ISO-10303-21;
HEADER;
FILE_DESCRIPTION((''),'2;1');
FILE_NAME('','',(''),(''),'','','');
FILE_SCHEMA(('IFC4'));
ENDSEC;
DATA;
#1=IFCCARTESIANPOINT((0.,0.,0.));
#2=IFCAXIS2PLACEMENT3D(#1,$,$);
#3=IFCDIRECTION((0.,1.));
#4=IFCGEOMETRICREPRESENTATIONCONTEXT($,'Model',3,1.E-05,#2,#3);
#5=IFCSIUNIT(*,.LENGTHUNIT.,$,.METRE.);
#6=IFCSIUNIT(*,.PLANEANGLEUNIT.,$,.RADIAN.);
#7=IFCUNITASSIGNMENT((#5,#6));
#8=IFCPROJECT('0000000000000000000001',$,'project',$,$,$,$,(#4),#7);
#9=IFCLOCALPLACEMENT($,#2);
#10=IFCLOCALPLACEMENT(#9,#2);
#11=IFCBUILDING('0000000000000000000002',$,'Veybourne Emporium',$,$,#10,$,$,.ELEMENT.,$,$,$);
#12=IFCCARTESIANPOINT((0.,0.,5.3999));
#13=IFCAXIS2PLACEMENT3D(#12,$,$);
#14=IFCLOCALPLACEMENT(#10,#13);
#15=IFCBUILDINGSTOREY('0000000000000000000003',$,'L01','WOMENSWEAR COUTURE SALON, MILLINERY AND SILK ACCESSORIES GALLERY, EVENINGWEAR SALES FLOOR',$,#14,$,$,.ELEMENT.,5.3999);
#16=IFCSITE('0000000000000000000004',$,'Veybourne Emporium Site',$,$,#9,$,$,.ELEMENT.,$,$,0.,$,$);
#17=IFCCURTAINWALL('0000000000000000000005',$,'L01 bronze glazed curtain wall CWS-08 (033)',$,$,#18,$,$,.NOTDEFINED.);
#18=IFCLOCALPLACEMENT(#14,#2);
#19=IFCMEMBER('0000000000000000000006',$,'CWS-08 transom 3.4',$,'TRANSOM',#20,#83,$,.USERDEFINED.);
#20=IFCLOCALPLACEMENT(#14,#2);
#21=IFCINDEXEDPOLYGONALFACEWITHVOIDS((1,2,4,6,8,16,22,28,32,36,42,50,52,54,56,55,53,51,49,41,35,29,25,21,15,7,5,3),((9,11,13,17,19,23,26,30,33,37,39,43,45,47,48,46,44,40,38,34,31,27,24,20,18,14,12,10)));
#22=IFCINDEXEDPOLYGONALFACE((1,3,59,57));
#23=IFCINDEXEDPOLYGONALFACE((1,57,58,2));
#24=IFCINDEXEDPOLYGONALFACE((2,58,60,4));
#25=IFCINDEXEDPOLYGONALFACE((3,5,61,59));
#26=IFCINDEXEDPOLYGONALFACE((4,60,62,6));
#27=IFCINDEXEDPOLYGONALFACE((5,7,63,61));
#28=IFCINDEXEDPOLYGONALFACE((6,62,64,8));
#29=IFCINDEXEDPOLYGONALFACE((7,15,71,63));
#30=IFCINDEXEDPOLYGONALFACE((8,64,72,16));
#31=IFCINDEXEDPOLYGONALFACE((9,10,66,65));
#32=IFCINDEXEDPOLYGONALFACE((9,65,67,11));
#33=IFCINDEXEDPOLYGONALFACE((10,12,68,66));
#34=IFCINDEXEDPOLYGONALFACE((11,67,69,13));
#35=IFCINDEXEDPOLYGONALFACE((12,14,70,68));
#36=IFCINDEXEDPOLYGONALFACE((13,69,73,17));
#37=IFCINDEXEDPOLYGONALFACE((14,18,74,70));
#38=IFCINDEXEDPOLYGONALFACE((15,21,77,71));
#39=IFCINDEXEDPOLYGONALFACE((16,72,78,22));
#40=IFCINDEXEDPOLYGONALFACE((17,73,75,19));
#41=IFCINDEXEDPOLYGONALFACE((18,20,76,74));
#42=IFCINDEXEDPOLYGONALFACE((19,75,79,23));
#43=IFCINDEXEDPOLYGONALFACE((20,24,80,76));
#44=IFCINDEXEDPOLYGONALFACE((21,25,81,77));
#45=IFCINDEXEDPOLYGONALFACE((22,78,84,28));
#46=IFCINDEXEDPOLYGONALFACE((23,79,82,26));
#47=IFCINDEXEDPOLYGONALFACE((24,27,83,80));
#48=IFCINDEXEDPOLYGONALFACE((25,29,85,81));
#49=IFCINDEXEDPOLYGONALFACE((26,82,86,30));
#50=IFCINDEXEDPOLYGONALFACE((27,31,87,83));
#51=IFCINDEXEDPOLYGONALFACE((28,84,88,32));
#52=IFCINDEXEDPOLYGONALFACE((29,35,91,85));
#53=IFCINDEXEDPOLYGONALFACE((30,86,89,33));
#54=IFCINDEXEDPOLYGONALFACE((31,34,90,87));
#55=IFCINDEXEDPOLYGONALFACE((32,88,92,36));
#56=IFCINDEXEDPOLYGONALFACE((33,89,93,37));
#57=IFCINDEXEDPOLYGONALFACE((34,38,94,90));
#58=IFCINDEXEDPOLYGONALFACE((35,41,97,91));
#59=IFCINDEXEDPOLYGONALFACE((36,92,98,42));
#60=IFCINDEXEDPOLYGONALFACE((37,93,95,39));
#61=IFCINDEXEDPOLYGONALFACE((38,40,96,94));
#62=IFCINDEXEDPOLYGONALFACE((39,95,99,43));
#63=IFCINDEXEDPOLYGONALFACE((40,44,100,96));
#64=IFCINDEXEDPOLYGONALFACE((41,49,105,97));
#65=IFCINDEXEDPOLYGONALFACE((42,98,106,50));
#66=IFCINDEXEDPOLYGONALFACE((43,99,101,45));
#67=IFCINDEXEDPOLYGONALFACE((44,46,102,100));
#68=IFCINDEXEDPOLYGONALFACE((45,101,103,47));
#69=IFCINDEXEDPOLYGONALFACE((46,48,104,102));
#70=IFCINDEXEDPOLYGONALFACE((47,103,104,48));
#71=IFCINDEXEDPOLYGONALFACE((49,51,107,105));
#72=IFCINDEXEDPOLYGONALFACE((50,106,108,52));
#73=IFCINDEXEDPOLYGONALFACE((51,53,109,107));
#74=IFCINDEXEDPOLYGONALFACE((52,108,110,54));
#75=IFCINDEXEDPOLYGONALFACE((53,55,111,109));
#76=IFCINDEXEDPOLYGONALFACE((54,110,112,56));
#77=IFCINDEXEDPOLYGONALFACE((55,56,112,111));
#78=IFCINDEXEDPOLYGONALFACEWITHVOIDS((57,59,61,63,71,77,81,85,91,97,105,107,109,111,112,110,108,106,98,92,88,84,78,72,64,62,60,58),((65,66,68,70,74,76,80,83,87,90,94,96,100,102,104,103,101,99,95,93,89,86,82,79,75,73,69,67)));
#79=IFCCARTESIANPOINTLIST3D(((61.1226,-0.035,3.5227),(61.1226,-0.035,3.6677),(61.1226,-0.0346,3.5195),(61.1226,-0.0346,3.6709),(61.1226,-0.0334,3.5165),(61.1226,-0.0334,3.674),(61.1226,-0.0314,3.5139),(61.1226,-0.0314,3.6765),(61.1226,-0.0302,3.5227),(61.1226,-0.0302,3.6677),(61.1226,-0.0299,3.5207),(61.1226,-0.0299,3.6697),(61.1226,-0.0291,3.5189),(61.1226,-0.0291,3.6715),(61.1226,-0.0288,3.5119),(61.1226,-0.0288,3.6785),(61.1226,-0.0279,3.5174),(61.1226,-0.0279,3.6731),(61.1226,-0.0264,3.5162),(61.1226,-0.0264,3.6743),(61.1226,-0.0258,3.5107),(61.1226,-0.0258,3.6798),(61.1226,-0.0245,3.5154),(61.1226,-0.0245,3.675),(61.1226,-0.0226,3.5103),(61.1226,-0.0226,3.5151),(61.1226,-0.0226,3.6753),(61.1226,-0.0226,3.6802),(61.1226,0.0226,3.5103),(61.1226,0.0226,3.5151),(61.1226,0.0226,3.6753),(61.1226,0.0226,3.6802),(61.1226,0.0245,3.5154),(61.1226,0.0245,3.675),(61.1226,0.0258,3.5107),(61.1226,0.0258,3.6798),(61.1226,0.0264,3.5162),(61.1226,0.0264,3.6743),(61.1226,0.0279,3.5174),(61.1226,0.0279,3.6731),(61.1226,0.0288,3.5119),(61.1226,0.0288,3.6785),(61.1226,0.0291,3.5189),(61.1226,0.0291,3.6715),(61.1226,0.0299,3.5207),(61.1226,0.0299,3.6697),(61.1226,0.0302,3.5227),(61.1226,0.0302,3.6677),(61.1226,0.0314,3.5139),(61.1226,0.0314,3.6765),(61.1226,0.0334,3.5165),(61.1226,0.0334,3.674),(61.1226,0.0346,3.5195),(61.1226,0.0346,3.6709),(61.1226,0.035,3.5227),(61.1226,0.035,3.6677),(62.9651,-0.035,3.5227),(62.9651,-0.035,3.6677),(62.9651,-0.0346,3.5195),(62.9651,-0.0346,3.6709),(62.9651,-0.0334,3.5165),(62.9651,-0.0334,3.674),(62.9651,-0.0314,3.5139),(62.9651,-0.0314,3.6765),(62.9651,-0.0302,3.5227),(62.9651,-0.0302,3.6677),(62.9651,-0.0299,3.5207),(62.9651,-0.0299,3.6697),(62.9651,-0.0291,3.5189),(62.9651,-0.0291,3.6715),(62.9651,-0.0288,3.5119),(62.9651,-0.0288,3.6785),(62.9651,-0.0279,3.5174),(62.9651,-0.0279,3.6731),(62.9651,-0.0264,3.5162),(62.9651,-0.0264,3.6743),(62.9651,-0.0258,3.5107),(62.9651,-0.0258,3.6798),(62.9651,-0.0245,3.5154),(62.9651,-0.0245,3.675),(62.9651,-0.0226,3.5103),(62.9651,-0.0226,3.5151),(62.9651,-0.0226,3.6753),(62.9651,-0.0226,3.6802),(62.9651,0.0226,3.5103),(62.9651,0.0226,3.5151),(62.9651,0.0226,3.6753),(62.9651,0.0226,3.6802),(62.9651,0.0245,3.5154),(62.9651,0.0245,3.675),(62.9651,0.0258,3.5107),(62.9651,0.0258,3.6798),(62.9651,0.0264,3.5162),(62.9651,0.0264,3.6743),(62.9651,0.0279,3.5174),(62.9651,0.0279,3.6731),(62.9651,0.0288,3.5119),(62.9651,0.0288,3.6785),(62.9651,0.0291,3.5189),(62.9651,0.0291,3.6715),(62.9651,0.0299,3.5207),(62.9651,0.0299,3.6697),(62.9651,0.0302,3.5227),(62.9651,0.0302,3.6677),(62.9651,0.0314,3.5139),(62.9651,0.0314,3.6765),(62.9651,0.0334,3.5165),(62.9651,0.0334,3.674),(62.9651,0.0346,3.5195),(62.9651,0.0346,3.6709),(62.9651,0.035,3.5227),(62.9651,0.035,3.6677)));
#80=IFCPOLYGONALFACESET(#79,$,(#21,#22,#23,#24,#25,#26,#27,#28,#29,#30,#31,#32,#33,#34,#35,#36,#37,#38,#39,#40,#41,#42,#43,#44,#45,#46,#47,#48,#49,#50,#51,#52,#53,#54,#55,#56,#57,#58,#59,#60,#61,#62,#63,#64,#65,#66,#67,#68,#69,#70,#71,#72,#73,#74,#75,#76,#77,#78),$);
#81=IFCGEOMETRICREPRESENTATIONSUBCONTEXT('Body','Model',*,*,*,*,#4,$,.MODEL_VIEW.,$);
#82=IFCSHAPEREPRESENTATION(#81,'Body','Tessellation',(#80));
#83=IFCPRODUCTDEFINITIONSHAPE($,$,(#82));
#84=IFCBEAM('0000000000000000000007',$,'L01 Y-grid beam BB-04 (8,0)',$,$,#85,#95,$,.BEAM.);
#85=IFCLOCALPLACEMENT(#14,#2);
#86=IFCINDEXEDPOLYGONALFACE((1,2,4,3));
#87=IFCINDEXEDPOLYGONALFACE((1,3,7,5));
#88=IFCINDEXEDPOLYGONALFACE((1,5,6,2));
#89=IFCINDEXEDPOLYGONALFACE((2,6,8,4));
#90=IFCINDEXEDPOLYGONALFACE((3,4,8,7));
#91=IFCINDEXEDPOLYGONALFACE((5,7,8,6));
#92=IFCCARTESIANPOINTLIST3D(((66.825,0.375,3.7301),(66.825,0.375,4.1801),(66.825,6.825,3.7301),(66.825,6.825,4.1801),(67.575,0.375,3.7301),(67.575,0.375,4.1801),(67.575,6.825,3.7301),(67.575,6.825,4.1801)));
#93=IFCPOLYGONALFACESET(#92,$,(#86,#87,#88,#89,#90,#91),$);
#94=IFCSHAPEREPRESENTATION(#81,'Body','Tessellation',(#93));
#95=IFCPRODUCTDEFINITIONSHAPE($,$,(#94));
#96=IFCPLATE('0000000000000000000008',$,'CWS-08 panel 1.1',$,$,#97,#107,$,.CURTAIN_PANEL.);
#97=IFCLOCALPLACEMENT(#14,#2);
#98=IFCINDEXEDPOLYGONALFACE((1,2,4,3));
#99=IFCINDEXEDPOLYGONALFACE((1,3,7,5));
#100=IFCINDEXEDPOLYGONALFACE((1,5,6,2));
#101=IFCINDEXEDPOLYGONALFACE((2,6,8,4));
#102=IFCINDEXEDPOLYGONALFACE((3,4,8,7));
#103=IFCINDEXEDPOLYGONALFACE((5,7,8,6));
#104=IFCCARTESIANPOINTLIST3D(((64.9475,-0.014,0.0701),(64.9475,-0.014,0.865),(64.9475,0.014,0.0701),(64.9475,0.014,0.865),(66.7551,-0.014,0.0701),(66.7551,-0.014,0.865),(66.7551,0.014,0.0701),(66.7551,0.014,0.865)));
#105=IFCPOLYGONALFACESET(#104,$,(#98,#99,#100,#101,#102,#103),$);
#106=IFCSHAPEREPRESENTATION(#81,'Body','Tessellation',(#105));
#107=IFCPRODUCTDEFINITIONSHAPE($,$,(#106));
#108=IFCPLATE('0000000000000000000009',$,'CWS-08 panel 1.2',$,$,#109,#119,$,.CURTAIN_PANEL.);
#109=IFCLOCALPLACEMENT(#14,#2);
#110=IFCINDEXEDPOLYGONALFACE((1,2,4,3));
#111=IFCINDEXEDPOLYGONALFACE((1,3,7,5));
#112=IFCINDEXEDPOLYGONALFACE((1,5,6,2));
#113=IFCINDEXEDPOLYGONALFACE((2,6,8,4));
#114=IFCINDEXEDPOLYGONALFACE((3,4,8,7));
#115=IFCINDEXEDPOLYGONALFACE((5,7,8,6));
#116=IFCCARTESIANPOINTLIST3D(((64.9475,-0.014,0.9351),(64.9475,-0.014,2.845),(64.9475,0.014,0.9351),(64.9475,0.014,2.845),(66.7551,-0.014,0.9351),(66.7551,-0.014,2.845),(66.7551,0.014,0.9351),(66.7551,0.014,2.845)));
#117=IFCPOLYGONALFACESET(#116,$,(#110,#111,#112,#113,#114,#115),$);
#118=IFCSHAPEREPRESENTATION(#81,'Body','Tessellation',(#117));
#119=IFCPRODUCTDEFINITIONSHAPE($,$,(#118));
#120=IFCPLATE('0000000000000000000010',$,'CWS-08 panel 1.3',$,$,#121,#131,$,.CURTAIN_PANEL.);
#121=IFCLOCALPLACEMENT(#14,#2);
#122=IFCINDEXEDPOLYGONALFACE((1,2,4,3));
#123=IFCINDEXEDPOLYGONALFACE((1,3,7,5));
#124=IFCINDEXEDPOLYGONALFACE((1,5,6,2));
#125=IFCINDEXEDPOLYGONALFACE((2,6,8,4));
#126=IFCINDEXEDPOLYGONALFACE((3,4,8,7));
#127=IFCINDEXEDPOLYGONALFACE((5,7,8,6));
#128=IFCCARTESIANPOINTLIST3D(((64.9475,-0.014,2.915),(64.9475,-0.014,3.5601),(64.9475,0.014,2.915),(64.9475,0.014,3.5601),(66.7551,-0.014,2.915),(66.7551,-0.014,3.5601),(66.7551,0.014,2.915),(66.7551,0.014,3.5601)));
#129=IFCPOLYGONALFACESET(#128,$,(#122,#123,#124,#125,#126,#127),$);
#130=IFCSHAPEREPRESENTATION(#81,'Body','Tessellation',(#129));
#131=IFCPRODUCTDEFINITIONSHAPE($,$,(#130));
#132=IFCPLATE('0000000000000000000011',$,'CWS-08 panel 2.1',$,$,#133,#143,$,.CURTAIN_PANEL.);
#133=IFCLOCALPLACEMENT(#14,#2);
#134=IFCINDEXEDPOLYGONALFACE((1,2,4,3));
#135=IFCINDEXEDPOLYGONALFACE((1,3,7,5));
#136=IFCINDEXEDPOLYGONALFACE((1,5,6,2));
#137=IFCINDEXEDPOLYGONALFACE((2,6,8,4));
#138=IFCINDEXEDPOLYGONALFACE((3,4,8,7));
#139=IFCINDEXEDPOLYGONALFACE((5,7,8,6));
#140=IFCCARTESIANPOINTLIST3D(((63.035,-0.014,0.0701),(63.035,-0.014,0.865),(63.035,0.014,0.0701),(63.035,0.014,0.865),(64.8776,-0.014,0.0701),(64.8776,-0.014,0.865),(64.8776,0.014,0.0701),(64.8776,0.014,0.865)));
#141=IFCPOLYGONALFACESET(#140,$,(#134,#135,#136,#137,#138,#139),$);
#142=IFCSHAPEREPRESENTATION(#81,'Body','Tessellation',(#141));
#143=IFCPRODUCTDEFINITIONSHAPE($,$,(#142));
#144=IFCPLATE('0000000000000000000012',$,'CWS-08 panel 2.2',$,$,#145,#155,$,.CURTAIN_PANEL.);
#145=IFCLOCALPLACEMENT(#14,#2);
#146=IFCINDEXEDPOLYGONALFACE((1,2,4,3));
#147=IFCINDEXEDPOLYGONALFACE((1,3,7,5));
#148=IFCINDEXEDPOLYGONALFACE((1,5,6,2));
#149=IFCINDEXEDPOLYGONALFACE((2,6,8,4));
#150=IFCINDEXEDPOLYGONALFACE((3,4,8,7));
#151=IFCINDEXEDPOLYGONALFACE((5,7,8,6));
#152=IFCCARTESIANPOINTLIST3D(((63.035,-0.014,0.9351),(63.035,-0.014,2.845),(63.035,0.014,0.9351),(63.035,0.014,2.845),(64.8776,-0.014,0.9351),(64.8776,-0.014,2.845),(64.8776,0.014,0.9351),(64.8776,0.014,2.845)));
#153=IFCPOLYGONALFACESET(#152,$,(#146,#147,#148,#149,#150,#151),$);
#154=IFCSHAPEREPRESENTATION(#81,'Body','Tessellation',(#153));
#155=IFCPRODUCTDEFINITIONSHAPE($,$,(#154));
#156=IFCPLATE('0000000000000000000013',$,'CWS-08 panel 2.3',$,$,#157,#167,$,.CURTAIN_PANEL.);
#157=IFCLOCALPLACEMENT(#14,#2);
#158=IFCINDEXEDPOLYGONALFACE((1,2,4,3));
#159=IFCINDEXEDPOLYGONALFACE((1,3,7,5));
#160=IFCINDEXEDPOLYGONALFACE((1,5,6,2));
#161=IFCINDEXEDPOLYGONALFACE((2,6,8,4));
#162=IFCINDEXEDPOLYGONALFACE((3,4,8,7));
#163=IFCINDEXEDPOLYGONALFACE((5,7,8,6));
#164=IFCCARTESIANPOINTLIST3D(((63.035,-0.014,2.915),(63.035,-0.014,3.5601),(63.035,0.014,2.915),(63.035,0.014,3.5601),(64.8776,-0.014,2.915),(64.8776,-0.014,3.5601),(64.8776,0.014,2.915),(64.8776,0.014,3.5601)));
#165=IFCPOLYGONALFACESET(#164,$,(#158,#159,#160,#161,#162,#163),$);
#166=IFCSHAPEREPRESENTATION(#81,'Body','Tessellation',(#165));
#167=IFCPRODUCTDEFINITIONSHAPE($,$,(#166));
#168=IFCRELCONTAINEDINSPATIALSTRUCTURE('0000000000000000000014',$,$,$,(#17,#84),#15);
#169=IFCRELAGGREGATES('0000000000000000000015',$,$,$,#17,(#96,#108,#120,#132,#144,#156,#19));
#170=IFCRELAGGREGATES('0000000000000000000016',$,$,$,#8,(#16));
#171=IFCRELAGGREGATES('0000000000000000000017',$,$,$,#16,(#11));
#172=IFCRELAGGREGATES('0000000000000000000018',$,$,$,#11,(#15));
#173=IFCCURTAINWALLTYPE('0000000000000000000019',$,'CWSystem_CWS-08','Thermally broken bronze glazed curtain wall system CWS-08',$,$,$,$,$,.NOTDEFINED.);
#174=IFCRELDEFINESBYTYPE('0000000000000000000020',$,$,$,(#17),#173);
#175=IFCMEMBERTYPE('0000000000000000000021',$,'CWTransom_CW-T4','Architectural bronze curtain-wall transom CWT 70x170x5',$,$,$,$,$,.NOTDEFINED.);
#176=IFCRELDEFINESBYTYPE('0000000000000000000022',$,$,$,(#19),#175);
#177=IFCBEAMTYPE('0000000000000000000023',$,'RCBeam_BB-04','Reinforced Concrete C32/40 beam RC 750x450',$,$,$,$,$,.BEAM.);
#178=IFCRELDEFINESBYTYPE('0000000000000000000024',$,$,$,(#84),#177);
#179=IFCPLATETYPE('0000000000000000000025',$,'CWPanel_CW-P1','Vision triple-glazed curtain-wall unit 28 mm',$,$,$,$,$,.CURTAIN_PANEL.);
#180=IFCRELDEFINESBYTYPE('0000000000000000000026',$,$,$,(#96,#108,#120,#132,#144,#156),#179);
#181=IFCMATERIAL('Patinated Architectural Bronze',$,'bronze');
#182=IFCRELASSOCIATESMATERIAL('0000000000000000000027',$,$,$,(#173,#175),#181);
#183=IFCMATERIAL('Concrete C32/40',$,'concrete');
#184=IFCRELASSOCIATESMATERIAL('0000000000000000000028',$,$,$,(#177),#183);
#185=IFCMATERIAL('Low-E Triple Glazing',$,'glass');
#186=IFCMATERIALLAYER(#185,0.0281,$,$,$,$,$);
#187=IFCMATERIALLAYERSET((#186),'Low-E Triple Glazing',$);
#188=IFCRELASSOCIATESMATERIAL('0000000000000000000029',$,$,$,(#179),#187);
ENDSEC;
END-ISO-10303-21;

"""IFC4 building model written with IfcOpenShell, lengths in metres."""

from ifc_helpers import new_model, si_unit, direction, frame, origin, origin_2d, place, context, subcontext, project, spatial, rectangle, hollow_rectangle, extrude, material, layer, layer_set, material_profile, profile_set, type_object, element, aggregate, save


model = new_model("IFC4")

# Units and contexts
model_context = context("Model", 3, precision=1e-05, world=origin(), true_north=direction((0.0, 1.0)))
body_context = subcontext(model_context, "Body", "Model", "MODEL_VIEW")
ifc_project = project(units=[si_unit("LENGTHUNIT", "METRE"), si_unit("PLANEANGLEUNIT", "RADIAN")], contexts=[model_context])

# Site, building, storey
site_placement = place(None, origin())
site = spatial("IfcSite", under=ifc_project, at=site_placement, Name="Veybourne Emporium Site", CompositionType="ELEMENT", RefElevation=0.0)
building_placement = place(site_placement, origin())
building = spatial("IfcBuilding", under=site, at=building_placement, Name="Veybourne Emporium", CompositionType="ELEMENT")
storey_placement = place(building_placement, frame((0.0, 0.0, 5.3999)))
storey = spatial("IfcBuildingStorey", under=building, at=storey_placement, Name="L01", Description="WOMENSWEAR COUTURE SALON, MILLINERY AND SILK ACCESSORIES GALLERY, EVENINGWEAR SALES FLOOR", CompositionType="ELEMENT", Elevation=5.3999)

# Curtain wall, member
ifc_material_1 = material(Name="Patinated Architectural Bronze", Category="bronze")
curtain_wall_type = type_object("IfcCurtainWallType", Name="CWSystem_CWS-08", Description="Thermally broken bronze glazed curtain wall system CWS-08", PredefinedType="NOTDEFINED", material=ifc_material_1)
curtain_wall_placement = place(storey_placement, origin())
curtain_wall = element("IfcCurtainWall", 1, at=curtain_wall_placement, inside=storey, type_object=curtain_wall_type, Name="L01 bronze glazed curtain wall CWS-08 (033)", PredefinedType="NOTDEFINED")
ifc_material_profile_1 = material_profile(ifc_material_1, hollow_rectangle(XDim=0.0701, YDim=0.1699, WallThickness=0.0049, InnerFilletRadius=0.0076, OuterFilletRadius=0.0125, at=origin_2d()), Name="CWT 70x170x5")
ifc_profile_set_1 = profile_set([ifc_material_profile_1], Name="Patinated Architectural Bronze")
member_type_1 = type_object("IfcMemberType", Name="CWTransom_CW-T4", Description="Architectural bronze curtain-wall transom CWT 70x170x5", PredefinedType="NOTDEFINED", material=ifc_profile_set_1)
member_1_placement = place(storey_placement, frame((62.9651, 0.0, 3.5952), z_axis=(-1.0, 0.0, 0.0), x_axis=(0.0, -1.0, 0.0)))
member_1 = element("IfcMember", 2, at=member_1_placement, type_object=member_type_1, Name="CWS-08 transom 3.4", ObjectType="TRANSOM", PredefinedType="USERDEFINED", context=body_context, shape_type="SweptSolid", body=[
    extrude(hollow_rectangle(XDim=0.0701, YDim=0.1699, WallThickness=0.0049, InnerFilletRadius=0.0076, OuterFilletRadius=0.0125, at=origin_2d()), origin(), (0.0, 0.0, 1.0), 1.8425),
])

# Beam
ifc_material_2 = material(Name="Concrete C32/40", Category="concrete")
ifc_material_profile_2 = material_profile(ifc_material_2, rectangle(XDim=0.75, YDim=0.45, at=origin_2d()), Name="RC 750x450")
ifc_profile_set_2 = profile_set([ifc_material_profile_2], Name="Concrete C32/40")
beam_type = type_object("IfcBeamType", Name="RCBeam_BB-04", Description="Reinforced Concrete C32/40 beam RC 750x450", PredefinedType="BEAM", material=ifc_profile_set_2)
beam_placement = place(storey_placement, frame((67.2, 0.375, 3.9551), z_axis=(0.0, 1.0, 0.0), x_axis=(-1.0, 0.0, 0.0)))
element("IfcBeam", 3, at=beam_placement, inside=storey, type_object=beam_type, Name="L01 Y-grid beam BB-04 (8,0)", PredefinedType="BEAM", context=body_context, shape_type="SweptSolid", body=[
    extrude(rectangle(XDim=0.75, YDim=0.45, at=origin_2d()), origin(), (0.0, 0.0, 1.0), 6.45),
])

# Plates
ifc_material_3 = material(Name="Low-E Triple Glazing", Category="glass")
ifc_layer = layer(ifc_material_3, 0.0281)
ifc_layer_set = layer_set([ifc_layer], Name="Low-E Triple Glazing")
plate_type = type_object("IfcPlateType", Name="CWPanel_CW-P1", Description="Vision triple-glazed curtain-wall unit 28 mm", PredefinedType="CURTAIN_PANEL", material=ifc_layer_set)
plate_1_placement = place(storey_placement, frame((65.8513, 0.0, 0.0701), z_axis=(0.0, 0.0, 1.0), x_axis=(-1.0, 0.0, 0.0)))
plate_1 = element("IfcPlate", 4, at=plate_1_placement, type_object=plate_type, Name="CWS-08 panel 1.1", PredefinedType="CURTAIN_PANEL", context=body_context, shape_type="SweptSolid", body=[
    extrude(rectangle(XDim=1.8076, YDim=0.0281, at=origin_2d()), origin(), (0.0, 0.0, 1.0), 0.7949),
])
plate_2_placement = place(storey_placement, frame((65.8513, 0.0, 0.9351), z_axis=(0.0, 0.0, 1.0), x_axis=(-1.0, 0.0, 0.0)))
plate_2 = element("IfcPlate", 5, at=plate_2_placement, type_object=plate_type, Name="CWS-08 panel 1.2", PredefinedType="CURTAIN_PANEL", context=body_context, shape_type="SweptSolid", body=[
    extrude(rectangle(XDim=1.8076, YDim=0.0281, at=origin_2d()), origin(), (0.0, 0.0, 1.0), 1.9099),
])
plate_3_placement = place(storey_placement, frame((65.8513, 0.0, 2.915), z_axis=(0.0, 0.0, 1.0), x_axis=(-1.0, 0.0, 0.0)))
plate_3 = element("IfcPlate", 6, at=plate_3_placement, type_object=plate_type, Name="CWS-08 panel 1.3", PredefinedType="CURTAIN_PANEL", context=body_context, shape_type="SweptSolid", body=[
    extrude(rectangle(XDim=1.8076, YDim=0.0281, at=origin_2d()), origin(), (0.0, 0.0, 1.0), 0.645),
])
plate_4_placement = place(storey_placement, frame((63.9563, 0.0, 0.0701), z_axis=(0.0, 0.0, 1.0), x_axis=(-1.0, 0.0, 0.0)))
plate_4 = element("IfcPlate", 7, at=plate_4_placement, type_object=plate_type, Name="CWS-08 panel 2.1", PredefinedType="CURTAIN_PANEL", context=body_context, shape_type="SweptSolid", body=[
    extrude(rectangle(XDim=1.8425, YDim=0.0281, at=origin_2d()), origin(), (0.0, 0.0, 1.0), 0.7949),
])
plate_5_placement = place(storey_placement, frame((63.9563, 0.0, 0.9351), z_axis=(0.0, 0.0, 1.0), x_axis=(-1.0, 0.0, 0.0)))
plate_5 = element("IfcPlate", 8, at=plate_5_placement, type_object=plate_type, Name="CWS-08 panel 2.2", PredefinedType="CURTAIN_PANEL", context=body_context, shape_type="SweptSolid", body=[
    extrude(rectangle(XDim=1.8425, YDim=0.0281, at=origin_2d()), origin(), (0.0, 0.0, 1.0), 1.9099),
])
plate_6_placement = place(storey_placement, frame((63.9563, 0.0, 2.915), z_axis=(0.0, 0.0, 1.0), x_axis=(-1.0, 0.0, 0.0)))
plate_6 = element("IfcPlate", 9, at=plate_6_placement, type_object=plate_type, Name="CWS-08 panel 2.3", PredefinedType="CURTAIN_PANEL", context=body_context, shape_type="SweptSolid", body=[
    extrude(rectangle(XDim=1.8425, YDim=0.0281, at=origin_2d()), origin(), (0.0, 0.0, 1.0), 0.645),
])
aggregate(curtain_wall, [plate_1, plate_2, plate_3, plate_4, plate_5, plate_6, member_1])

save(model, "model.ifc")
